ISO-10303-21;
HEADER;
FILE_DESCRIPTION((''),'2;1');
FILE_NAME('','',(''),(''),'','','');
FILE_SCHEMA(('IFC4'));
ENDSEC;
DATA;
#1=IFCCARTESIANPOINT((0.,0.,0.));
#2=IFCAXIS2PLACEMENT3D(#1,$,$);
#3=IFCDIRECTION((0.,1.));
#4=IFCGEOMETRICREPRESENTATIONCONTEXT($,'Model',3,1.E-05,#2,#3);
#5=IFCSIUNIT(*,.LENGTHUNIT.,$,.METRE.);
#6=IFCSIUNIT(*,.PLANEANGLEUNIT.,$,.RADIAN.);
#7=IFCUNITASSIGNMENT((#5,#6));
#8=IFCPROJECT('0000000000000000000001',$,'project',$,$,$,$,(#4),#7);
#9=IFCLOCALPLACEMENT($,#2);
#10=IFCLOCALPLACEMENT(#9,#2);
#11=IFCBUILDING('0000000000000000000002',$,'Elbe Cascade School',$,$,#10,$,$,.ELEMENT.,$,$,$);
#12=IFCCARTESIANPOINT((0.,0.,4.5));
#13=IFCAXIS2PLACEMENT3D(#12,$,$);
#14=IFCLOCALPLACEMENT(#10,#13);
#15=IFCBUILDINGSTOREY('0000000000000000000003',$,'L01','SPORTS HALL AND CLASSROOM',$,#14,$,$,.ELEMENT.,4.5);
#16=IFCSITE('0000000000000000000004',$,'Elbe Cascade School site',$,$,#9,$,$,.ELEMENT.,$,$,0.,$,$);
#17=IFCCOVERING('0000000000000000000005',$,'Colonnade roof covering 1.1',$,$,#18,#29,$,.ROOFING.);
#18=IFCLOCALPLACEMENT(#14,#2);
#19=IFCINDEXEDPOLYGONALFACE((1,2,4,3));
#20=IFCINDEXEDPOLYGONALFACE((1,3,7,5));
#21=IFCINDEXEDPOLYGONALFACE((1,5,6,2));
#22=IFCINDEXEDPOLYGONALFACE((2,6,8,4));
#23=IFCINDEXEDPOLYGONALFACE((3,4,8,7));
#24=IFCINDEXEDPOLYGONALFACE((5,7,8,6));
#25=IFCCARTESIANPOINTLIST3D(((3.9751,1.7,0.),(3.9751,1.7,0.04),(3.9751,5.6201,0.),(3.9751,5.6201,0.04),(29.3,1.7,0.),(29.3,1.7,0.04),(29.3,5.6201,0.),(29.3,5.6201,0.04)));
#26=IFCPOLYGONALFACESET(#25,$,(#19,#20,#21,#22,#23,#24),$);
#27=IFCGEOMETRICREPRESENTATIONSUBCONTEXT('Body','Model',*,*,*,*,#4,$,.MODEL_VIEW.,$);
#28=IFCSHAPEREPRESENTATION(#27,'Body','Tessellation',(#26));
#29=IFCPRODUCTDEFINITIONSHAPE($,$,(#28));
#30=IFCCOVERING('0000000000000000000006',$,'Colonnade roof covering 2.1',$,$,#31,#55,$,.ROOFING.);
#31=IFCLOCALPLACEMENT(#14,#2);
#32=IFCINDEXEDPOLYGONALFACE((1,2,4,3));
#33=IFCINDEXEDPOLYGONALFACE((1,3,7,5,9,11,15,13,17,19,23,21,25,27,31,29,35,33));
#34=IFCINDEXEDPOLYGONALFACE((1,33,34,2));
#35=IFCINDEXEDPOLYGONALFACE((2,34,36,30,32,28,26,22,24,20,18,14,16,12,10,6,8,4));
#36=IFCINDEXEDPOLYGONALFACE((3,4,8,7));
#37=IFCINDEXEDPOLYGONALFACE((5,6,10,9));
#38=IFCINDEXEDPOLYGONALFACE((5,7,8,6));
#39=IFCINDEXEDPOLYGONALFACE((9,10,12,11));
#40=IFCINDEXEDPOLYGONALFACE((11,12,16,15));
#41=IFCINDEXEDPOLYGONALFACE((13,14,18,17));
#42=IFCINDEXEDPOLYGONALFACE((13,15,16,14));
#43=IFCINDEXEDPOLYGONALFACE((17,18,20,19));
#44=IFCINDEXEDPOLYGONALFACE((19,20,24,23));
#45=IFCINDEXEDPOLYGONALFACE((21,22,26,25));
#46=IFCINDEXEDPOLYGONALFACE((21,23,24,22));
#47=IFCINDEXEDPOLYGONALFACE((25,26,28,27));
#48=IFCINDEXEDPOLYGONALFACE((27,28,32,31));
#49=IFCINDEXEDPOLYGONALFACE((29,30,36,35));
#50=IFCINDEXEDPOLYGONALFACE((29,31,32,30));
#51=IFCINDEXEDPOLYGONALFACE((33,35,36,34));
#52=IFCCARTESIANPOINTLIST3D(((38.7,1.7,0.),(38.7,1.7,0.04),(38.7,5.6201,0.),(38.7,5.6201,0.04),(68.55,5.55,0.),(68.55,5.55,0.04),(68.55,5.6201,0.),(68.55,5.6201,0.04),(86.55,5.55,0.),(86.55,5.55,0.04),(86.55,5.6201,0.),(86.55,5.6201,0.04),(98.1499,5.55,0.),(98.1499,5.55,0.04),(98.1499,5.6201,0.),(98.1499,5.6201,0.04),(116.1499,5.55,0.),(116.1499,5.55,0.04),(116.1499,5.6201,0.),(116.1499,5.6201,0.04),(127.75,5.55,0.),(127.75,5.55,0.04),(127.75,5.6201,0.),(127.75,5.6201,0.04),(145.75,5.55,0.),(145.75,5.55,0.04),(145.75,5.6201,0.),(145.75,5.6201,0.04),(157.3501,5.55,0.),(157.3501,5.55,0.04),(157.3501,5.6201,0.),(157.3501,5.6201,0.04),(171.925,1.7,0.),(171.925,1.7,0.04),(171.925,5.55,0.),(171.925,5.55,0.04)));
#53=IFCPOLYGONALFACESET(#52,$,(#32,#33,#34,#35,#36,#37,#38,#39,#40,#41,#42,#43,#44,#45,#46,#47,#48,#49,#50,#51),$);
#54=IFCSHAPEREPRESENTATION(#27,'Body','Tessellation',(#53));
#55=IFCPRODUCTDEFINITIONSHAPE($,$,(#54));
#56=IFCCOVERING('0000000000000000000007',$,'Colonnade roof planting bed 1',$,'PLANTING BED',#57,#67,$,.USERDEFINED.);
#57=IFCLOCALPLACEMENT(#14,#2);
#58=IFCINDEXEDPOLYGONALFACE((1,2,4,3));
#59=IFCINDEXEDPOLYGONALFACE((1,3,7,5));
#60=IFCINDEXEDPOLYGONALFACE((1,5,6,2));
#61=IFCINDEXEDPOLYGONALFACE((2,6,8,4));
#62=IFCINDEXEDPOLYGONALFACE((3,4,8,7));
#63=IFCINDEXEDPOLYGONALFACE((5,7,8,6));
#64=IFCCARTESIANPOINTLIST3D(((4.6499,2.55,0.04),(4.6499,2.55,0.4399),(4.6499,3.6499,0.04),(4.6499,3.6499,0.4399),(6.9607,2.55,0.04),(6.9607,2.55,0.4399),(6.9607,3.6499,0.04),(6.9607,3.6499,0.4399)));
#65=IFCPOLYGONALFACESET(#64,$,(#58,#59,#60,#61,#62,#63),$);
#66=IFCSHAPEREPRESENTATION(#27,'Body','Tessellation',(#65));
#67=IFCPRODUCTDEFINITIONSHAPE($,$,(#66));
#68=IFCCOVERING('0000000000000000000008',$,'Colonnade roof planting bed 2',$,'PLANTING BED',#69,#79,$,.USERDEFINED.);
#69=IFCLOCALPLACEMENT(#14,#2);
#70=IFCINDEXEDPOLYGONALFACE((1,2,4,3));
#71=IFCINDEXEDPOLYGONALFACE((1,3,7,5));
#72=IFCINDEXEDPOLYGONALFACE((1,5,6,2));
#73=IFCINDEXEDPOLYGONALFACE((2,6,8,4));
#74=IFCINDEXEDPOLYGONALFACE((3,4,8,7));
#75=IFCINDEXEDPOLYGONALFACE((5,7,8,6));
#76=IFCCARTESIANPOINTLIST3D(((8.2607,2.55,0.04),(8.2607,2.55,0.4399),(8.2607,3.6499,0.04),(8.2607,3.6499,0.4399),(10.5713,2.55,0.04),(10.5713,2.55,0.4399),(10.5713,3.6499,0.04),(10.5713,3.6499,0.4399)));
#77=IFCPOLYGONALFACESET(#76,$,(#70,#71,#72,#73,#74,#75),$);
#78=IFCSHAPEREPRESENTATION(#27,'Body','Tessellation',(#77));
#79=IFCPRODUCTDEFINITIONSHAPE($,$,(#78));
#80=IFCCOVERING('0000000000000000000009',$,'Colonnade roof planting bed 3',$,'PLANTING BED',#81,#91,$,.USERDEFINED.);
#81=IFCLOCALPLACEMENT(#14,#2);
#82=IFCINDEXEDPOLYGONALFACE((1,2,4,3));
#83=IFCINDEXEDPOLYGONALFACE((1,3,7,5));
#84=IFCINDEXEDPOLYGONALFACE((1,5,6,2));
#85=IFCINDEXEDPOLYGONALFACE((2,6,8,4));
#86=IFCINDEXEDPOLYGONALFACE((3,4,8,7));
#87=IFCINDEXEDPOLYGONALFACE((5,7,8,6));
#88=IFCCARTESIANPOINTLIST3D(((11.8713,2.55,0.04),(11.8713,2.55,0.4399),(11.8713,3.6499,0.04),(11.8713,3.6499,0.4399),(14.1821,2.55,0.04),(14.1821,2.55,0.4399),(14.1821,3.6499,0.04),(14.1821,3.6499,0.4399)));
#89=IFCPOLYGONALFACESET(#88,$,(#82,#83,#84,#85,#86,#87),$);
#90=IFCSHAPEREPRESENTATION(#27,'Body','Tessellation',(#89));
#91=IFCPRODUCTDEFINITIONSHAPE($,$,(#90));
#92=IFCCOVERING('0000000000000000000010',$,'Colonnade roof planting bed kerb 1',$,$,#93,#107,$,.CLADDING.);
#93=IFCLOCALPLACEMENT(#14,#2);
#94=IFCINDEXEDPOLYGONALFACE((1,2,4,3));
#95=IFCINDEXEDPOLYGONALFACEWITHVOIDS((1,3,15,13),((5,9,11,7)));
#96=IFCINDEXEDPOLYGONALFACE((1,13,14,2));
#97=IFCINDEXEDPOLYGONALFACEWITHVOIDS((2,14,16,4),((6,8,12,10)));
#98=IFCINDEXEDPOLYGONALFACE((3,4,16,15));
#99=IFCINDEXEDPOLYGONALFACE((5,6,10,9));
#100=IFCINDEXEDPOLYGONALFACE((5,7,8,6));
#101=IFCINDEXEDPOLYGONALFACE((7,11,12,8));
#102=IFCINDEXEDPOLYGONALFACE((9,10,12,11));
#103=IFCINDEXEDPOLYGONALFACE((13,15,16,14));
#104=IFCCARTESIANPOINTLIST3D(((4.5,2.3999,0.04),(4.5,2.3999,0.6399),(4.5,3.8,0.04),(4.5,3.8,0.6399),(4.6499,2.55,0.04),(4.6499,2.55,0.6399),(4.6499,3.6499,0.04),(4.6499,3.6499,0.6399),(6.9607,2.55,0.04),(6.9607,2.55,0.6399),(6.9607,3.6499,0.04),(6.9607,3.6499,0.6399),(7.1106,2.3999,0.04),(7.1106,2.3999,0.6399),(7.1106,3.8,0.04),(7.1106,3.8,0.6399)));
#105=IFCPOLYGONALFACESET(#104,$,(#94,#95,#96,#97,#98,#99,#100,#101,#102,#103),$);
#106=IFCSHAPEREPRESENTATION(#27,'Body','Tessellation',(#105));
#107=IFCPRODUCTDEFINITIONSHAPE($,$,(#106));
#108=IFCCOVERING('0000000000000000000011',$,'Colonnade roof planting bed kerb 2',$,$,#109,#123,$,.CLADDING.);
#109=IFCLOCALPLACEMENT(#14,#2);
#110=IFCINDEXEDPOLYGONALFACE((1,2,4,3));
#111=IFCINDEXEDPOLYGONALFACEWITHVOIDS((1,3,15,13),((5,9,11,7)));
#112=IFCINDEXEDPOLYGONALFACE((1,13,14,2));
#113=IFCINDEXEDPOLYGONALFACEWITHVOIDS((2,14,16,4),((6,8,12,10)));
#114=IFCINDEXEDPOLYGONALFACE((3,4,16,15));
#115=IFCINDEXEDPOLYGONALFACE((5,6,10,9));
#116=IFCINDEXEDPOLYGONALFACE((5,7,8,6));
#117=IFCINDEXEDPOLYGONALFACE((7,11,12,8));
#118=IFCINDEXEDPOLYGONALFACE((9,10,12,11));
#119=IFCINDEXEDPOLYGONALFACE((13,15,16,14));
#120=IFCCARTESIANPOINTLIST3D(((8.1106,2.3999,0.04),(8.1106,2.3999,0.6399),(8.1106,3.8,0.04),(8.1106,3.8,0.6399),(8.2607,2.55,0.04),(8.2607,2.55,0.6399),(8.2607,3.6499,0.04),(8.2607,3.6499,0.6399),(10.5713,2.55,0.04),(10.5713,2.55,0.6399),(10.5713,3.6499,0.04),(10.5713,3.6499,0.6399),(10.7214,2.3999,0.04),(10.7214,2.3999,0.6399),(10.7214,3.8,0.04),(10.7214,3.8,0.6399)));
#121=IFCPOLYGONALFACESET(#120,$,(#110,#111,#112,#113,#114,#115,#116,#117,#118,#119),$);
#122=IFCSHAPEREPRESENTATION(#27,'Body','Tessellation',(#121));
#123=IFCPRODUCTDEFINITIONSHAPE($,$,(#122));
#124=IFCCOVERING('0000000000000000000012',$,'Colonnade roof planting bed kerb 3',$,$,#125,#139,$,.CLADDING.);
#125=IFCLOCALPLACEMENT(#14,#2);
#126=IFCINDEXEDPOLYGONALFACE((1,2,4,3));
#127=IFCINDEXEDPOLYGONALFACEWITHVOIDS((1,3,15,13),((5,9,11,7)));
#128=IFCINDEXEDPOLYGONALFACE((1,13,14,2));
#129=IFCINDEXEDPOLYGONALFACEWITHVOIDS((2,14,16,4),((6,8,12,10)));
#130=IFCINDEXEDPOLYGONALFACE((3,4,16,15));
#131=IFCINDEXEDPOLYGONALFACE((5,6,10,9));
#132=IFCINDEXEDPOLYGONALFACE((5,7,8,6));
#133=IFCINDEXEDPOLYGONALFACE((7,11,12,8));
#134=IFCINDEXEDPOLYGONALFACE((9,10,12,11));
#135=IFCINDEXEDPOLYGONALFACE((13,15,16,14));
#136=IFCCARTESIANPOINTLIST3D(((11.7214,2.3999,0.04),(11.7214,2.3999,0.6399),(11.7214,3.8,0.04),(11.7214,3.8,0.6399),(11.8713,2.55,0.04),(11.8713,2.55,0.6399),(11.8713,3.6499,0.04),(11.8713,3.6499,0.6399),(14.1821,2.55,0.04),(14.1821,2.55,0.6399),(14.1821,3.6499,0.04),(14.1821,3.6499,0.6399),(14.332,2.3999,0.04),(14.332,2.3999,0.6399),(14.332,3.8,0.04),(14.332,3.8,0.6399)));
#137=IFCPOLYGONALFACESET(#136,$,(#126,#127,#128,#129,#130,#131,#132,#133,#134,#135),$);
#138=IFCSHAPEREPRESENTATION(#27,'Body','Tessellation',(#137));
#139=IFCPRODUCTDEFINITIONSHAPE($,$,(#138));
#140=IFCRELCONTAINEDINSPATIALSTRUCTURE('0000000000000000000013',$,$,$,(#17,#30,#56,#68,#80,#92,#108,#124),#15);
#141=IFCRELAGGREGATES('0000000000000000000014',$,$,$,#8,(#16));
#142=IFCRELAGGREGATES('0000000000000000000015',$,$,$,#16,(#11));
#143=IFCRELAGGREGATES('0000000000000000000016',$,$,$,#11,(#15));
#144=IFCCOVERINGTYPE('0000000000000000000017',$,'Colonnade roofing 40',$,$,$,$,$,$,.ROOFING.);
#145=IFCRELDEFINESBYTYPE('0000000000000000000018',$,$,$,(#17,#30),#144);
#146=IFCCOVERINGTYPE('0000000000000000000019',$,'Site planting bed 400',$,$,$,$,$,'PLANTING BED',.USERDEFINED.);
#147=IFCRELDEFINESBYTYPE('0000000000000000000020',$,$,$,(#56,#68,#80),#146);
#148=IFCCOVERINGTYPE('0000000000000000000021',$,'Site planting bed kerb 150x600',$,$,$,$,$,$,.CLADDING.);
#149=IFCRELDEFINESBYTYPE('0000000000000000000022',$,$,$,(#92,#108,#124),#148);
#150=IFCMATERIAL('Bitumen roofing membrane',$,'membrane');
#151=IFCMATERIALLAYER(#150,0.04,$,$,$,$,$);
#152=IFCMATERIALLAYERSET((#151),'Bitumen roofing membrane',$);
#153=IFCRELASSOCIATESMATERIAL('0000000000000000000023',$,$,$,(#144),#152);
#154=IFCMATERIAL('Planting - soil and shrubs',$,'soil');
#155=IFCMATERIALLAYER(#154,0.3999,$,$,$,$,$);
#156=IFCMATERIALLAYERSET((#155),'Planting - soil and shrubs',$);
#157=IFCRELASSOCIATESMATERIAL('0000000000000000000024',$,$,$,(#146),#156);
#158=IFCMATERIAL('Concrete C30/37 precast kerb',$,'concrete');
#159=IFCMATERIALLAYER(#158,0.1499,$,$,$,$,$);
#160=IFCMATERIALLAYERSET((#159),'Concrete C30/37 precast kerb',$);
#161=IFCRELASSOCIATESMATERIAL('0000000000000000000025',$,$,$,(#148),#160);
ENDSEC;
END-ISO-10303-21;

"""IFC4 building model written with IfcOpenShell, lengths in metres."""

from ifc_helpers import new_model, si_unit, direction, frame, origin, place, context, subcontext, project, spatial, polyline, outline, extrude, material, layer, layer_set, type_object, element, save


model = new_model("IFC4")

# Units and contexts
model_context = context("Model", 3, precision=1e-05, world=origin(), true_north=direction((0.0, 1.0)))
body_context = subcontext(model_context, "Body", "Model", "MODEL_VIEW")
ifc_project = project(units=[si_unit("LENGTHUNIT", "METRE"), si_unit("PLANEANGLEUNIT", "RADIAN")], contexts=[model_context])

# Site, building, storey
site_placement = place(None, origin())
site = spatial("IfcSite", under=ifc_project, at=site_placement, Name="Elbe Cascade School site", CompositionType="ELEMENT", RefElevation=0.0)
building_placement = place(site_placement, origin())
building = spatial("IfcBuilding", under=site, at=building_placement, Name="Elbe Cascade School", CompositionType="ELEMENT")
storey_placement = place(building_placement, frame((0.0, 0.0, 4.5)))
storey = spatial("IfcBuildingStorey", under=building, at=storey_placement, Name="L01", Description="SPORTS HALL AND CLASSROOM", CompositionType="ELEMENT", Elevation=4.5)

# Coverings
ifc_material_1 = material(Name="Bitumen roofing membrane", Category="membrane")
ifc_layer_1 = layer(ifc_material_1, 0.04)
ifc_layer_set_1 = layer_set([ifc_layer_1], Name="Bitumen roofing membrane")
covering_type_1 = type_object("IfcCoveringType", Name="Colonnade roofing 40", PredefinedType="ROOFING", material=ifc_layer_set_1)
covering_1_placement = place(storey_placement, origin())
element("IfcCovering", 1, at=covering_1_placement, inside=storey, type_object=covering_type_1, Name="Colonnade roof covering 1.1", PredefinedType="ROOFING", context=body_context, shape_type="SweptSolid", body=[
    extrude(outline(polyline([(29.3, 1.7), (29.3, 5.6201), (3.9751, 5.6201), (3.9751, 1.7), (29.3, 1.7)])), origin(), (0.0, 0.0, 1.0), 0.04),
])
covering_2_placement = place(storey_placement, origin())
element("IfcCovering", 2, at=covering_2_placement, inside=storey, type_object=covering_type_1, Name="Colonnade roof covering 2.1", PredefinedType="ROOFING", context=body_context, shape_type="SweptSolid", body=[
    extrude(outline(polyline([(38.7, 5.6201), (38.7, 1.7), (171.925, 1.7), (171.925, 5.55), (157.3501, 5.55), (157.3501, 5.6201), (145.75, 5.6201), (145.75, 5.55), (127.75, 5.55), (127.75, 5.6201), (116.1499, 5.6201), (116.1499, 5.55), (98.1499, 5.55), (98.1499, 5.6201), (86.55, 5.6201), (86.55, 5.55), (68.55, 5.55), (68.55, 5.6201), (38.7, 5.6201)])), origin(), (0.0, 0.0, 1.0), 0.04),
])
ifc_material_2 = material(Name="Planting - soil and shrubs", Category="soil")
ifc_layer_2 = layer(ifc_material_2, 0.3999)
ifc_layer_set_2 = layer_set([ifc_layer_2], Name="Planting - soil and shrubs")
covering_type_2 = type_object("IfcCoveringType", Name="Site planting bed 400", ElementType="PLANTING BED", PredefinedType="USERDEFINED", material=ifc_layer_set_2)
covering_3_placement = place(storey_placement, frame((0.0, 0.0, 0.04)))
element("IfcCovering", 3, at=covering_3_placement, inside=storey, type_object=covering_type_2, Name="Colonnade roof planting bed 1", ObjectType="PLANTING BED", PredefinedType="USERDEFINED", context=body_context, shape_type="SweptSolid", body=[
    extrude(outline(polyline([(4.6499, 2.55), (6.9607, 2.55), (6.9607, 3.6499), (4.6499, 3.6499), (4.6499, 2.55)])), origin(), (0.0, 0.0, 1.0), 0.3999),
])
covering_4_placement = place(storey_placement, frame((0.0, 0.0, 0.04)))
element("IfcCovering", 4, at=covering_4_placement, inside=storey, type_object=covering_type_2, Name="Colonnade roof planting bed 2", ObjectType="PLANTING BED", PredefinedType="USERDEFINED", context=body_context, shape_type="SweptSolid", body=[
    extrude(outline(polyline([(8.2607, 2.55), (10.5713, 2.55), (10.5713, 3.6499), (8.2607, 3.6499), (8.2607, 2.55)])), origin(), (0.0, 0.0, 1.0), 0.3999),
])
covering_5_placement = place(storey_placement, frame((0.0, 0.0, 0.04)))
element("IfcCovering", 5, at=covering_5_placement, inside=storey, type_object=covering_type_2, Name="Colonnade roof planting bed 3", ObjectType="PLANTING BED", PredefinedType="USERDEFINED", context=body_context, shape_type="SweptSolid", body=[
    extrude(outline(polyline([(11.8713, 2.55), (14.1821, 2.55), (14.1821, 3.6499), (11.8713, 3.6499), (11.8713, 2.55)])), origin(), (0.0, 0.0, 1.0), 0.3999),
])
ifc_material_3 = material(Name="Concrete C30/37 precast kerb", Category="concrete")
ifc_layer_3 = layer(ifc_material_3, 0.1499)
ifc_layer_set_3 = layer_set([ifc_layer_3], Name="Concrete C30/37 precast kerb")
covering_type_3 = type_object("IfcCoveringType", Name="Site planting bed kerb 150x600", PredefinedType="CLADDING", material=ifc_layer_set_3)
covering_6_placement = place(storey_placement, frame((0.0, 0.0, 0.04)))
element("IfcCovering", 6, at=covering_6_placement, inside=storey, type_object=covering_type_3, Name="Colonnade roof planting bed kerb 1", PredefinedType="CLADDING", context=body_context, shape_type="SweptSolid", body=[
    extrude(outline(polyline([(4.5, 2.3999), (7.1106, 2.3999), (7.1106, 3.8), (4.5, 3.8), (4.5, 2.3999)]), holes=[polyline([(4.6499, 2.55), (6.9607, 2.55), (6.9607, 3.6499), (4.6499, 3.6499), (4.6499, 2.55)])]), origin(), (0.0, 0.0, 1.0), 0.5999),
])
covering_7_placement = place(storey_placement, frame((0.0, 0.0, 0.04)))
element("IfcCovering", 7, at=covering_7_placement, inside=storey, type_object=covering_type_3, Name="Colonnade roof planting bed kerb 2", PredefinedType="CLADDING", context=body_context, shape_type="SweptSolid", body=[
    extrude(outline(polyline([(8.1106, 2.3999), (10.7214, 2.3999), (10.7214, 3.8), (8.1106, 3.8), (8.1106, 2.3999)]), holes=[polyline([(8.2607, 2.55), (10.5713, 2.55), (10.5713, 3.6499), (8.2607, 3.6499), (8.2607, 2.55)])]), origin(), (0.0, 0.0, 1.0), 0.5999),
])
covering_8_placement = place(storey_placement, frame((0.0, 0.0, 0.04)))
element("IfcCovering", 8, at=covering_8_placement, inside=storey, type_object=covering_type_3, Name="Colonnade roof planting bed kerb 3", PredefinedType="CLADDING", context=body_context, shape_type="SweptSolid", body=[
    extrude(outline(polyline([(11.7214, 2.3999), (14.332, 2.3999), (14.332, 3.8), (11.7214, 3.8), (11.7214, 2.3999)]), holes=[polyline([(11.8713, 2.55), (14.1821, 2.55), (14.1821, 3.6499), (11.8713, 3.6499), (11.8713, 2.55)])]), origin(), (0.0, 0.0, 1.0), 0.5999),
])

save(model, "model.ifc")
